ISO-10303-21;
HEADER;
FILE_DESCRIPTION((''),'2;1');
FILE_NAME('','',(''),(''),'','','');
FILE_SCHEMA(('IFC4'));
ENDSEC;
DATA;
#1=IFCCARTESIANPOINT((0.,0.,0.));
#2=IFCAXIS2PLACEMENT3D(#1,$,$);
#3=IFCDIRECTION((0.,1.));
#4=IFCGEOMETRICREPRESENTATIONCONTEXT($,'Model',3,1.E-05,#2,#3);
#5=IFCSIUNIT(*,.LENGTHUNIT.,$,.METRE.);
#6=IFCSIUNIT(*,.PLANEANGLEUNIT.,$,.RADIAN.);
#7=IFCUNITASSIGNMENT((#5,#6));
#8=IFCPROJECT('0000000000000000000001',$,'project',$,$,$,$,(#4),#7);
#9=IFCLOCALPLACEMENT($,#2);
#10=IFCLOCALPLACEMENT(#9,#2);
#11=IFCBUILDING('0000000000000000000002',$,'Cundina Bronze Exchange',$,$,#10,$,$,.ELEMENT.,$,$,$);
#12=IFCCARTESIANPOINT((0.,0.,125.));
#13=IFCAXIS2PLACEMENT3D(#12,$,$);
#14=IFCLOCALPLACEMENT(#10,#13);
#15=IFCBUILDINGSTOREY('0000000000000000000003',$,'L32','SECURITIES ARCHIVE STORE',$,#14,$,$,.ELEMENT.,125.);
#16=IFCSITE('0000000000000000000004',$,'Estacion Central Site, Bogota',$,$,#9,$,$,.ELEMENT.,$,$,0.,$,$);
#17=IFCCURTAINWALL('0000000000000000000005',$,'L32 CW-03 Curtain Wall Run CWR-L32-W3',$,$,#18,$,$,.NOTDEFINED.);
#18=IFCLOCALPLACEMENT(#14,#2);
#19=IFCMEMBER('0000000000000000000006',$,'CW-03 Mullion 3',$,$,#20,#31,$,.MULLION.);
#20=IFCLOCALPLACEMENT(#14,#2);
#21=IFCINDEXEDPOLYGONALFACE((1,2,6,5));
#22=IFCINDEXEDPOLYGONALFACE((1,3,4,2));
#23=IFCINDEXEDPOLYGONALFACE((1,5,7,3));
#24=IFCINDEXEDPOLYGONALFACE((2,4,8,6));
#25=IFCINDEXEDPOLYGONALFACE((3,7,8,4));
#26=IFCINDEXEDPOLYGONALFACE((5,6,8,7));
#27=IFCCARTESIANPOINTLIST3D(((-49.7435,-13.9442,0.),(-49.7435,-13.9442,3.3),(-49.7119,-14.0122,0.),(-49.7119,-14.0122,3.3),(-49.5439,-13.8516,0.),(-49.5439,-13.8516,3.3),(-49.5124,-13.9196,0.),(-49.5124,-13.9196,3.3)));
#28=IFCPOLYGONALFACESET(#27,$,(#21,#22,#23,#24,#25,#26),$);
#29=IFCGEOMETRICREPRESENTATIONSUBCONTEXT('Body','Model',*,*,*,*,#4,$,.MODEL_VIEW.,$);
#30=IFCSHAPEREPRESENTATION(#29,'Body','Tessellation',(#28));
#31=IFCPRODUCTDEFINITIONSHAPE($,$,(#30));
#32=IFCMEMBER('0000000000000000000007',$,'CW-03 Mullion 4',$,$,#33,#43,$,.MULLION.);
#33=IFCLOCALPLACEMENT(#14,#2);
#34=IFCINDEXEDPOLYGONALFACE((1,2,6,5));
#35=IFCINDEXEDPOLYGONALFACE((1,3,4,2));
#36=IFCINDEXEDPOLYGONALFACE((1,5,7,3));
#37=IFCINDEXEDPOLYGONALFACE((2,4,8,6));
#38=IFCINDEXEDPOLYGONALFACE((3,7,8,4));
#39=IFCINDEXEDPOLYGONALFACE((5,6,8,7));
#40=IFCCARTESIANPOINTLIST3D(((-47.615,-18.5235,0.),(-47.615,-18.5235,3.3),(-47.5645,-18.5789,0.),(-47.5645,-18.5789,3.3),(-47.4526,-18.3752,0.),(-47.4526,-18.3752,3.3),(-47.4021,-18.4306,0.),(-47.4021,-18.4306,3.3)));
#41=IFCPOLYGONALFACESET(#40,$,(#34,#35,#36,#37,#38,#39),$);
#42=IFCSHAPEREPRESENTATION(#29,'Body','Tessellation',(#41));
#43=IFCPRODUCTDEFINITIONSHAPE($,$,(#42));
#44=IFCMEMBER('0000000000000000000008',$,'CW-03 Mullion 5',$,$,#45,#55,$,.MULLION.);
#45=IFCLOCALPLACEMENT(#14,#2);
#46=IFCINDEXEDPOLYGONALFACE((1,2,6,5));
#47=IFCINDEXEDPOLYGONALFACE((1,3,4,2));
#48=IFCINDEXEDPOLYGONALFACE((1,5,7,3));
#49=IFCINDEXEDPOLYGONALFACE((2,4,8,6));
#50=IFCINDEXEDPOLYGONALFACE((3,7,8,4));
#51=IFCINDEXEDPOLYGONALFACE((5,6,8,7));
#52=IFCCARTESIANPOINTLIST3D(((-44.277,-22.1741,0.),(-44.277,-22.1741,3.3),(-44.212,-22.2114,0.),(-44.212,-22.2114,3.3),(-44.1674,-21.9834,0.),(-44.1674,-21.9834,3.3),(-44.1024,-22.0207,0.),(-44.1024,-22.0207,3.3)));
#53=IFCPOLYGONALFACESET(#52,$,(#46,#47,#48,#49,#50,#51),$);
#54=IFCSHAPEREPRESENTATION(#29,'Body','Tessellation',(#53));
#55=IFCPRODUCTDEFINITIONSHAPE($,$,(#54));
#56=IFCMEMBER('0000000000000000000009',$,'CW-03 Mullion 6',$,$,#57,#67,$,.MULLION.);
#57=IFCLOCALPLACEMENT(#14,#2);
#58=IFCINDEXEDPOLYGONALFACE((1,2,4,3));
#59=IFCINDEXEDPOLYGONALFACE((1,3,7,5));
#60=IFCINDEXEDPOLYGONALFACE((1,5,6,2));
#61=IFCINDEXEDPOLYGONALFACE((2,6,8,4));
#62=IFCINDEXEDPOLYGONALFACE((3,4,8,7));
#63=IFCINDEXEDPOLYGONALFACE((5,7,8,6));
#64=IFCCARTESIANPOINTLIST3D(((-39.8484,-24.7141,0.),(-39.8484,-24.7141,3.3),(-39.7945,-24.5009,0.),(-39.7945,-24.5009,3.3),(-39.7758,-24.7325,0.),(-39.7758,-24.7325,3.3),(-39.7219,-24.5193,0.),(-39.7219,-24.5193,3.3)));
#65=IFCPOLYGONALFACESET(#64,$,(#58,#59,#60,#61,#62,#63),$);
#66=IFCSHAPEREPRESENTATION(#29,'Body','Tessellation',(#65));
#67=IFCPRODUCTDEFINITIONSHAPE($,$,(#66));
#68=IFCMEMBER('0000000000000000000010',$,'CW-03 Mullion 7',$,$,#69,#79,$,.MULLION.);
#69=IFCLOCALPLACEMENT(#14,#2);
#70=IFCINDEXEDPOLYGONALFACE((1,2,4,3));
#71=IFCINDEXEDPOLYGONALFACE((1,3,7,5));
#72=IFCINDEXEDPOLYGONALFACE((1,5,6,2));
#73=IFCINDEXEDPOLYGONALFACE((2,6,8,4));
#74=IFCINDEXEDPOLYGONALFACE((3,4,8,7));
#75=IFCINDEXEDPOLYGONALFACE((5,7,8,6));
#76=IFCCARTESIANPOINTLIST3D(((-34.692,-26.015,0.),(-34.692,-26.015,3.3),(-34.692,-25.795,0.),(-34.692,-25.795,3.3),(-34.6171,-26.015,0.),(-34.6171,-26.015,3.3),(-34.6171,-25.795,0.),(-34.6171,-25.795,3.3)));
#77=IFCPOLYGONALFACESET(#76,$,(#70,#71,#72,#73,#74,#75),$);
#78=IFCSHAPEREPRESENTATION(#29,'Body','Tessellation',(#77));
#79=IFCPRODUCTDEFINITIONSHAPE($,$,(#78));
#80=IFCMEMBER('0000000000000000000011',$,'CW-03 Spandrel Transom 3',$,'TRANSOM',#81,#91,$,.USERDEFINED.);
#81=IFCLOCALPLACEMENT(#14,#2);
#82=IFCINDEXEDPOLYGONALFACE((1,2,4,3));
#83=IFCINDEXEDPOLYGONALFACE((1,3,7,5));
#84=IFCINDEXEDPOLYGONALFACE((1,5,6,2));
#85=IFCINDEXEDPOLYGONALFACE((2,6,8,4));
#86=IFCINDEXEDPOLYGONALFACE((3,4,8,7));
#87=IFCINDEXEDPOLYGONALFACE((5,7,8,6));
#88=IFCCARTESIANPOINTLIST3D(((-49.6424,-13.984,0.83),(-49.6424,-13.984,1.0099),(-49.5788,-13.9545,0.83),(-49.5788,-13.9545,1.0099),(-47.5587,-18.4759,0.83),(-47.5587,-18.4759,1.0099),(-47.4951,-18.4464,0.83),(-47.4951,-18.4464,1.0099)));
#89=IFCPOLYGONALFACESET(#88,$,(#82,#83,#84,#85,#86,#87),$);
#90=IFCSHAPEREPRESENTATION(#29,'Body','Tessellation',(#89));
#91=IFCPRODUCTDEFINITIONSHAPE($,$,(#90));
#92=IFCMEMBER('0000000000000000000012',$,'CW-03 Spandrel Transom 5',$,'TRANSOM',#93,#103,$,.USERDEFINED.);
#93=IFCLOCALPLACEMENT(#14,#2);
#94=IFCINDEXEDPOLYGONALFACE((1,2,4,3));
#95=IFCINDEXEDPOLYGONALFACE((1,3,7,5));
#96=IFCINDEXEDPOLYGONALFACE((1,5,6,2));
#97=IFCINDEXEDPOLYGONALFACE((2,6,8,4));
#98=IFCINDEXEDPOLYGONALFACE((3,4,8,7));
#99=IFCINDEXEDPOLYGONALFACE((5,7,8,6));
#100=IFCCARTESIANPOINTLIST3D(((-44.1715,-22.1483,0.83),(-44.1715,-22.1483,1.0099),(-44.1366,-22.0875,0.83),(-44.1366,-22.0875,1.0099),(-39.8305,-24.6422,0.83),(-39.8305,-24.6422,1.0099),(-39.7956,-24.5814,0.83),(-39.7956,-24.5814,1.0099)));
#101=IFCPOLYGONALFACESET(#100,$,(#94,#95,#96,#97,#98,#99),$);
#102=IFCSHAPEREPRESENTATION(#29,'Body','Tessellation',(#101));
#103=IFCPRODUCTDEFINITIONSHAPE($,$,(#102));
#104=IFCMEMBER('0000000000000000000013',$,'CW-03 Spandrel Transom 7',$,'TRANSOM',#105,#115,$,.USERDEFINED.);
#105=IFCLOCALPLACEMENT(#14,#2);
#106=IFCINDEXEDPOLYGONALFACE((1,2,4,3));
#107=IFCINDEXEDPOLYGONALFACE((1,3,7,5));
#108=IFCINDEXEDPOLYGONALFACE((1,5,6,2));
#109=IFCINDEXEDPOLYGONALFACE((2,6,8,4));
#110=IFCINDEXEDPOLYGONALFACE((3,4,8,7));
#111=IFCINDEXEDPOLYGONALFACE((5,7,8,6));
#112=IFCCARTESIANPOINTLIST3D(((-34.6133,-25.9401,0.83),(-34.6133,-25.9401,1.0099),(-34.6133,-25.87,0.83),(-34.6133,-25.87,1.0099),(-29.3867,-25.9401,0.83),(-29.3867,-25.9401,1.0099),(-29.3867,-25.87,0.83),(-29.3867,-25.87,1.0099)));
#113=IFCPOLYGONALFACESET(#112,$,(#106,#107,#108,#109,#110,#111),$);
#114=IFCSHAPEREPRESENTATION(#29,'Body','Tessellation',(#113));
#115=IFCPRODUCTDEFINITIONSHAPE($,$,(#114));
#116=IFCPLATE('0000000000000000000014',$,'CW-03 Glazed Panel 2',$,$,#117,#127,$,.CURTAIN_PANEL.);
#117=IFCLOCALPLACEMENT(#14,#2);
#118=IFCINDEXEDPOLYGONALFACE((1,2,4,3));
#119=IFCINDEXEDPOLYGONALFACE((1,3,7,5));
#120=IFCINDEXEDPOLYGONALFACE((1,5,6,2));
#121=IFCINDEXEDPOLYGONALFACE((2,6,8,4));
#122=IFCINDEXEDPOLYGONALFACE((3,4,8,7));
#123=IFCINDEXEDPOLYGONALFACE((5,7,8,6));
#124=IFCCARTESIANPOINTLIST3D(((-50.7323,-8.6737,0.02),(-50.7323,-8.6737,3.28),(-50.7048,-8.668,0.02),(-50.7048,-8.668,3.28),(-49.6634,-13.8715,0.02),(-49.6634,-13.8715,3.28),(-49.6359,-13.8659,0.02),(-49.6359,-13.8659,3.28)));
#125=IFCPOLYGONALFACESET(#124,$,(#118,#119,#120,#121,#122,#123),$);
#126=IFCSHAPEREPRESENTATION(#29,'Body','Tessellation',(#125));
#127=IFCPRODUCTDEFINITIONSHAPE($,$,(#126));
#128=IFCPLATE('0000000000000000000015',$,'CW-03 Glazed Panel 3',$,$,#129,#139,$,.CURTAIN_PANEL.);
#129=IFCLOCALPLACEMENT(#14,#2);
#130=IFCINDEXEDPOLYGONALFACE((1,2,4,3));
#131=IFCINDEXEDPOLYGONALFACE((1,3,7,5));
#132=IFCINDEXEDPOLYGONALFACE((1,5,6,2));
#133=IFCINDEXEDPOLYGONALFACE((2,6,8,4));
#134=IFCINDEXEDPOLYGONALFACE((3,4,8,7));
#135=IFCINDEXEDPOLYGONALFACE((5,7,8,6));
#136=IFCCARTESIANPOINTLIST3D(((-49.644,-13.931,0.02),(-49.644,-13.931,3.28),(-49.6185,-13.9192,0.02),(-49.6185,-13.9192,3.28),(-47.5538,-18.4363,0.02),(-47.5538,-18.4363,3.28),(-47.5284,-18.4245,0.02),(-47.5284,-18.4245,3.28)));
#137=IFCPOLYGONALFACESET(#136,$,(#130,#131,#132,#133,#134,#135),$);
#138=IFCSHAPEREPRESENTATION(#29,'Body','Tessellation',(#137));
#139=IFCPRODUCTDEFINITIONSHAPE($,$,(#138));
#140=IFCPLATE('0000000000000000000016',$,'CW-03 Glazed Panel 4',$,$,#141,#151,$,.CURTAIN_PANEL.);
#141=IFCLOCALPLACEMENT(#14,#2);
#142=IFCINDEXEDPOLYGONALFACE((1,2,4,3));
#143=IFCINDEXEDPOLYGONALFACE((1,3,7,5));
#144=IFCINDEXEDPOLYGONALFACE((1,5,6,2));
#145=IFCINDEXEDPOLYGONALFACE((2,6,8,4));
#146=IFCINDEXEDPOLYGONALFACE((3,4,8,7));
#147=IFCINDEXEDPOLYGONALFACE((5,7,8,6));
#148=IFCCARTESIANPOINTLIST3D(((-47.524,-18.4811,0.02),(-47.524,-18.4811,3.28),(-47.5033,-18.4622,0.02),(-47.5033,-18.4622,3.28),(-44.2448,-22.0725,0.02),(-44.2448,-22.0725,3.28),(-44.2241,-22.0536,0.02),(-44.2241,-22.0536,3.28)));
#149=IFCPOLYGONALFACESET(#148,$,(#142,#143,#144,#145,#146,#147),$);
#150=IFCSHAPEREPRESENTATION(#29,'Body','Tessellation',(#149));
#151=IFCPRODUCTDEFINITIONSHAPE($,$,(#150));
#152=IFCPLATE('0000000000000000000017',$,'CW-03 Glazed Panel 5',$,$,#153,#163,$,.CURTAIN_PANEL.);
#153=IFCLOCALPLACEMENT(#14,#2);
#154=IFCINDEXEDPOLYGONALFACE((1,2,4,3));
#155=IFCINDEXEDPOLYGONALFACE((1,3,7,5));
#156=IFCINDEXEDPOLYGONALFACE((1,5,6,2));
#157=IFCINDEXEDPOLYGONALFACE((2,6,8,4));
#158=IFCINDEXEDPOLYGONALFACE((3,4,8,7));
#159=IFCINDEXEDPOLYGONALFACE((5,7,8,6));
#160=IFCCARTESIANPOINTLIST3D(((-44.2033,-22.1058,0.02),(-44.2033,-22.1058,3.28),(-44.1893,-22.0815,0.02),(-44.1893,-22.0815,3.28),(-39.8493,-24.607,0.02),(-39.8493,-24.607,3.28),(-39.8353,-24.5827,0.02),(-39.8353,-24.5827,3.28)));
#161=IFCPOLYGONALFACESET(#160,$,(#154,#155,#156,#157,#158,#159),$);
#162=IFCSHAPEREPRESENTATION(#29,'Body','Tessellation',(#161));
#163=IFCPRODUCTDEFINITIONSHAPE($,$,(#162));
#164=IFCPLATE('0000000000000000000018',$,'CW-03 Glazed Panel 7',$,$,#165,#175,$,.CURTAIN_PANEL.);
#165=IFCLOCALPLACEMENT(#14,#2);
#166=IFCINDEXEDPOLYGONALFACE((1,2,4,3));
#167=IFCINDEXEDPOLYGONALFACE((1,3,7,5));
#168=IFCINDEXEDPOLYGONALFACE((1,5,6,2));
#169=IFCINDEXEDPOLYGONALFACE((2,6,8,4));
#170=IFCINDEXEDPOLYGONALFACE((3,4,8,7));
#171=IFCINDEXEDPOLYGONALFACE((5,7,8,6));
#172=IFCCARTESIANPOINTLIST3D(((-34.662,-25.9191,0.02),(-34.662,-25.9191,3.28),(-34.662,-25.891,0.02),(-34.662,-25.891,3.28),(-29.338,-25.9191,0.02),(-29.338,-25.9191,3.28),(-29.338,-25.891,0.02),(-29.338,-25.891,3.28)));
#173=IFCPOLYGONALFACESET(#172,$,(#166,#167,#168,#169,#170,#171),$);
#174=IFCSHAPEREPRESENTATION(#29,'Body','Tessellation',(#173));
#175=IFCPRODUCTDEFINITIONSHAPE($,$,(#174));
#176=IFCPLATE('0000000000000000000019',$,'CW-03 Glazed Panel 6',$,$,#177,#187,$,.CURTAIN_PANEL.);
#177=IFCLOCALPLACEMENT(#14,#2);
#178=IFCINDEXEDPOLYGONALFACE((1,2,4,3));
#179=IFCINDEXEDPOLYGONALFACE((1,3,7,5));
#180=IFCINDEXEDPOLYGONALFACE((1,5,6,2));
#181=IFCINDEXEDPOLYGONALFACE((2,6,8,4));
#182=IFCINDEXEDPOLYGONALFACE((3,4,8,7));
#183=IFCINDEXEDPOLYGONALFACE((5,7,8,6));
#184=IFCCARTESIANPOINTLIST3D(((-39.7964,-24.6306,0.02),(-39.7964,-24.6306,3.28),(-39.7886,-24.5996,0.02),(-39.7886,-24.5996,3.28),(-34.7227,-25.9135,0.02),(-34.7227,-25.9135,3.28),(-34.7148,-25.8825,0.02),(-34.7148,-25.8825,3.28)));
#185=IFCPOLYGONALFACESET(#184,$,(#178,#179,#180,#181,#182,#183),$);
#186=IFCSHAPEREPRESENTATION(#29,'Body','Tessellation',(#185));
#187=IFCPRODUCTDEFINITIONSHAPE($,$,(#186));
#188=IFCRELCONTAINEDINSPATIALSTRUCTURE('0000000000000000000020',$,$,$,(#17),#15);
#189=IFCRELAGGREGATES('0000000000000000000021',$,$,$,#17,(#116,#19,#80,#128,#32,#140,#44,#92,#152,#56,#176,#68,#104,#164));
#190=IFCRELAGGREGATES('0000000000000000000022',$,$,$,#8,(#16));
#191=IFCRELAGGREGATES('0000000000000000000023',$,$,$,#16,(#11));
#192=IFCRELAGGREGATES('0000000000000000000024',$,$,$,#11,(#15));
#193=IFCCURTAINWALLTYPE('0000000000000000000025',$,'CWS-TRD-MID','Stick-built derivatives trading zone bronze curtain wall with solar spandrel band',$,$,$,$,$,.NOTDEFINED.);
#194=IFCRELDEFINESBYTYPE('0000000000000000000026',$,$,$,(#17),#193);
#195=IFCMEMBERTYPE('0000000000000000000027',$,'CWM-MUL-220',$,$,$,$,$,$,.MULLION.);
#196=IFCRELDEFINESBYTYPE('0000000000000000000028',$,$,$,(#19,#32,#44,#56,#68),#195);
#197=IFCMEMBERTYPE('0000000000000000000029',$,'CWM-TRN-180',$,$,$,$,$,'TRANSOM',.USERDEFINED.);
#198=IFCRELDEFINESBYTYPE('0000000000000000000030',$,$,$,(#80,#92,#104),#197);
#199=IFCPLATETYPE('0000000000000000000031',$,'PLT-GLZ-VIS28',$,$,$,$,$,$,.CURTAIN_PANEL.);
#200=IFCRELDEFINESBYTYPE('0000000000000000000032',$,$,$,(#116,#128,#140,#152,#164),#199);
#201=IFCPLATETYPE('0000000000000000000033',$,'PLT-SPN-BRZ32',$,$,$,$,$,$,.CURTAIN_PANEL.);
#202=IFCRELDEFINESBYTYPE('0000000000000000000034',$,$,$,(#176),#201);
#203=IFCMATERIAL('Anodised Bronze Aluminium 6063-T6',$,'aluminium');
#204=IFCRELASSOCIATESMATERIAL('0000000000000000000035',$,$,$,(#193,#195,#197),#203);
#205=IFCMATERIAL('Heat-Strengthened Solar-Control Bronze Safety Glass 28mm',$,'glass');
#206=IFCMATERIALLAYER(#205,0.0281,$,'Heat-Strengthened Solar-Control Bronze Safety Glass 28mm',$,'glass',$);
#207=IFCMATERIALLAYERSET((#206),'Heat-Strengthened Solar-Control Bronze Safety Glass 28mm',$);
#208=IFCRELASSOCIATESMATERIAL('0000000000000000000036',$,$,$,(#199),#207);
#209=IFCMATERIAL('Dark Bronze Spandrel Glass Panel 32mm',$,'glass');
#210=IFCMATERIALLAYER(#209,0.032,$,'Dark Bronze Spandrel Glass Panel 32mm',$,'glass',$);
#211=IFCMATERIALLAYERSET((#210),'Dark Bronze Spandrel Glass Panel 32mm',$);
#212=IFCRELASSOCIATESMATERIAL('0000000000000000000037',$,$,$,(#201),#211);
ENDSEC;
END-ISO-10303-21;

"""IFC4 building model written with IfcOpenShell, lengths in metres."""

from ifc_helpers import new_model, si_unit, direction, frame, origin, origin_2d, place, context, subcontext, project, spatial, rectangle, extrude, material, layer, layer_set, material_profile, profile_set, type_object, element, aggregate, save


model = new_model("IFC4")

# Units and contexts
model_context = context("Model", 3, precision=1e-05, world=origin(), true_north=direction((0.0, 1.0)))
body_context = subcontext(model_context, "Body", "Model", "MODEL_VIEW")
ifc_project = project(units=[si_unit("LENGTHUNIT", "METRE"), si_unit("PLANEANGLEUNIT", "RADIAN")], contexts=[model_context])

# Site, building, storey
site_placement = place(None, origin())
site = spatial("IfcSite", under=ifc_project, at=site_placement, Name="Estacion Central Site, Bogota", CompositionType="ELEMENT", RefElevation=0.0)
building_placement = place(site_placement, origin())
building = spatial("IfcBuilding", under=site, at=building_placement, Name="Cundina Bronze Exchange", CompositionType="ELEMENT")
storey_placement = place(building_placement, frame((0.0, 0.0, 125.0)))
storey = spatial("IfcBuildingStorey", under=building, at=storey_placement, Name="L32", Description="SECURITIES ARCHIVE STORE", CompositionType="ELEMENT", Elevation=125.0)

# Curtain wall, members, plates
ifc_material_1 = material(Name="Anodised Bronze Aluminium 6063-T6", Category="aluminium")
curtain_wall_type = type_object("IfcCurtainWallType", Name="CWS-TRD-MID", Description="Stick-built derivatives trading zone bronze curtain wall with solar spandrel band", PredefinedType="NOTDEFINED", material=ifc_material_1)
curtain_wall_placement = place(storey_placement, origin())
curtain_wall = element("IfcCurtainWall", 1, at=curtain_wall_placement, inside=storey, type_object=curtain_wall_type, Name="L32 CW-03 Curtain Wall Run CWR-L32-W3", PredefinedType="NOTDEFINED")
ifc_material_profile_1 = material_profile(ifc_material_1, rectangle(XDim=0.075, YDim=0.22, at=origin_2d()), Name="AL75X220", Category="aluminium")
ifc_profile_set_1 = profile_set([ifc_material_profile_1], Name="Anodised Bronze Aluminium 6063-T6")
member_type_1 = type_object("IfcMemberType", Name="CWM-MUL-220", PredefinedType="MULLION", material=ifc_profile_set_1)
member_1_placement = place(storey_placement, frame((-49.6279, -13.9319, 0.0), z_axis=(0.0, 0.0, 1.0), x_axis=(0.420877, -0.907117, 0.0)))
member_1 = element("IfcMember", 2, at=member_1_placement, type_object=member_type_1, Name="CW-03 Mullion 3", PredefinedType="MULLION", context=body_context, shape_type="SweptSolid", body=[
    extrude(rectangle(XDim=0.075, YDim=0.22, at=origin_2d()), origin(), (0.0, 0.0, 1.0), 3.3),
])
member_2_placement = place(storey_placement, frame((-47.5085, -18.4771, 0.0), z_axis=(0.0, 0.0, 1.0), x_axis=(0.674302, -0.738455, 0.0)))
member_2 = element("IfcMember", 3, at=member_2_placement, type_object=member_type_1, Name="CW-03 Mullion 4", PredefinedType="MULLION", context=body_context, shape_type="SweptSolid", body=[
    extrude(rectangle(XDim=0.075, YDim=0.22, at=origin_2d()), origin(), (0.0, 0.0, 1.0), 3.3),
])
member_3_placement = place(storey_placement, frame((-44.1897, -22.0974, 0.0), z_axis=(0.0, 0.0, 1.0), x_axis=(0.867071, -0.498185, 0.0)))
member_3 = element("IfcMember", 4, at=member_3_placement, type_object=member_type_1, Name="CW-03 Mullion 5", PredefinedType="MULLION", context=body_context, shape_type="SweptSolid", body=[
    extrude(rectangle(XDim=0.075, YDim=0.22, at=origin_2d()), origin(), (0.0, 0.0, 1.0), 3.3),
])
member_4_placement = place(storey_placement, frame((-39.7852, -24.6167, 0.0), z_axis=(0.0, 0.0, 1.0), x_axis=(0.969488, -0.245138, 0.0)))
member_4 = element("IfcMember", 5, at=member_4_placement, type_object=member_type_1, Name="CW-03 Mullion 6", PredefinedType="MULLION", context=body_context, shape_type="SweptSolid", body=[
    extrude(rectangle(XDim=0.075, YDim=0.22, at=origin_2d()), origin(), (0.0, 0.0, 1.0), 3.3),
])
member_5_placement = place(storey_placement, frame((-34.6545, -25.905, 0.0), z_axis=(0.0, 0.0, 1.0), x_axis=(1.0, 0.0, 0.0)))
member_5 = element("IfcMember", 6, at=member_5_placement, type_object=member_type_1, Name="CW-03 Mullion 7", PredefinedType="MULLION", context=body_context, shape_type="SweptSolid", body=[
    extrude(rectangle(XDim=0.075, YDim=0.22, at=origin_2d()), origin(), (0.0, 0.0, 1.0), 3.3),
])
ifc_material_profile_2 = material_profile(ifc_material_1, rectangle(XDim=0.0701, YDim=0.1799, at=origin_2d()), Name="AL70X180", Category="aluminium")
ifc_profile_set_2 = profile_set([ifc_material_profile_2], Name="Anodised Bronze Aluminium 6063-T6")
member_type_2 = type_object("IfcMemberType", Name="CWM-TRN-180", ElementType="TRANSOM", PredefinedType="USERDEFINED", material=ifc_profile_set_2)
member_6_placement = place(storey_placement, frame((-49.6106, -13.9692, 0.9199), z_axis=(0.420811, -0.907148, 0.0), x_axis=(0.907148, 0.420811, 0.0)))
member_6 = element("IfcMember", 7, at=member_6_placement, type_object=member_type_2, Name="CW-03 Spandrel Transom 3", ObjectType="TRANSOM", PredefinedType="USERDEFINED", context=body_context, shape_type="SweptSolid", body=[
    extrude(rectangle(XDim=0.0701, YDim=0.1799, at=origin_2d()), origin(), (0.0, 0.0, 1.0), 4.9517),
])
member_7_placement = place(storey_placement, frame((-44.1541, -22.1179, 0.9199), z_axis=(0.867097, -0.498139, 0.0), x_axis=(0.498139, 0.867097, 0.0)))
member_7 = element("IfcMember", 8, at=member_7_placement, type_object=member_type_2, Name="CW-03 Spandrel Transom 5", ObjectType="TRANSOM", PredefinedType="USERDEFINED", context=body_context, shape_type="SweptSolid", body=[
    extrude(rectangle(XDim=0.0701, YDim=0.1799, at=origin_2d()), origin(), (0.0, 0.0, 1.0), 5.0063),
])
member_8_placement = place(storey_placement, frame((-34.6133, -25.905, 0.9199), z_axis=(1.0, 0.0, 0.0), x_axis=(0.0, 1.0, 0.0)))
member_8 = element("IfcMember", 9, at=member_8_placement, type_object=member_type_2, Name="CW-03 Spandrel Transom 7", ObjectType="TRANSOM", PredefinedType="USERDEFINED", context=body_context, shape_type="SweptSolid", body=[
    extrude(rectangle(XDim=0.0701, YDim=0.1799, at=origin_2d()), origin(), (0.0, 0.0, 1.0), 5.2266),
])
ifc_material_2 = material(Name="Heat-Strengthened Solar-Control Bronze Safety Glass 28mm", Category="glass")
ifc_layer_1 = layer(ifc_material_2, 0.0281, Name="Heat-Strengthened Solar-Control Bronze Safety Glass 28mm", Category="glass")
ifc_layer_set_1 = layer_set([ifc_layer_1], Name="Heat-Strengthened Solar-Control Bronze Safety Glass 28mm")
plate_type_1 = type_object("IfcPlateType", Name="PLT-GLZ-VIS28", PredefinedType="CURTAIN_PANEL", material=ifc_layer_set_1)
plate_1_placement = place(storey_placement, frame((-50.1841, -11.2698, 0.02), z_axis=(0.0, 0.0, 1.0), x_axis=(0.20142, -0.979505, 0.0)))
plate_1 = element("IfcPlate", 10, at=plate_1_placement, type_object=plate_type_1, Name="CW-03 Glazed Panel 2", PredefinedType="CURTAIN_PANEL", context=body_context, shape_type="SweptSolid", body=[
    extrude(rectangle(XDim=5.3066, YDim=0.0281, at=origin_2d()), origin(), (0.0, 0.0, 1.0), 3.26),
])
plate_2_placement = place(storey_placement, frame((-48.5862, -16.1777, 0.02), z_axis=(0.0, 0.0, 1.0), x_axis=(0.420846, -0.907132, 0.0)))
plate_2 = element("IfcPlate", 11, at=plate_2_placement, type_object=plate_type_1, Name="CW-03 Glazed Panel 3", PredefinedType="CURTAIN_PANEL", context=body_context, shape_type="SweptSolid", body=[
    extrude(rectangle(XDim=4.9666, YDim=0.0281, at=origin_2d()), origin(), (0.0, 0.0, 1.0), 3.26),
])
plate_3_placement = place(storey_placement, frame((-45.874, -20.2673, 0.02), z_axis=(0.0, 0.0, 1.0), x_axis=(0.674277, -0.738479, 0.0)))
plate_3 = element("IfcPlate", 12, at=plate_3_placement, type_object=plate_type_1, Name="CW-03 Glazed Panel 4", PredefinedType="CURTAIN_PANEL", context=body_context, shape_type="SweptSolid", body=[
    extrude(rectangle(XDim=4.8633, YDim=0.0281, at=origin_2d()), origin(), (0.0, 0.0, 1.0), 3.26),
])
plate_4_placement = place(storey_placement, frame((-42.0193, -23.3442, 0.02), z_axis=(0.0, 0.0, 1.0), x_axis=(0.867105, -0.498125, 0.0)))
plate_4 = element("IfcPlate", 13, at=plate_4_placement, type_object=plate_type_1, Name="CW-03 Glazed Panel 5", PredefinedType="CURTAIN_PANEL", context=body_context, shape_type="SweptSolid", body=[
    extrude(rectangle(XDim=5.0212, YDim=0.0281, at=origin_2d()), origin(), (0.0, 0.0, 1.0), 3.26),
])
plate_5_placement = place(storey_placement, frame((-32.0, -25.905, 0.02), z_axis=(0.0, 0.0, 1.0), x_axis=(1.0, 0.0, 0.0)))
plate_5 = element("IfcPlate", 14, at=plate_5_placement, type_object=plate_type_1, Name="CW-03 Glazed Panel 7", PredefinedType="CURTAIN_PANEL", context=body_context, shape_type="SweptSolid", body=[
    extrude(rectangle(XDim=5.324, YDim=0.0281, at=origin_2d()), origin(), (0.0, 0.0, 1.0), 3.26),
])
ifc_material_3 = material(Name="Dark Bronze Spandrel Glass Panel 32mm", Category="glass")
ifc_layer_2 = layer(ifc_material_3, 0.032, Name="Dark Bronze Spandrel Glass Panel 32mm", Category="glass")
ifc_layer_set_2 = layer_set([ifc_layer_2], Name="Dark Bronze Spandrel Glass Panel 32mm")
plate_type_2 = type_object("IfcPlateType", Name="PLT-SPN-BRZ32", PredefinedType="CURTAIN_PANEL", material=ifc_layer_set_2)
plate_6_placement = place(storey_placement, frame((-37.2556, -25.2566, 0.02), z_axis=(0.0, 0.0, 1.0), x_axis=(0.969488, -0.245138, 0.0)))
plate_6 = element("IfcPlate", 15, at=plate_6_placement, type_object=plate_type_2, Name="CW-03 Glazed Panel 6", PredefinedType="CURTAIN_PANEL", context=body_context, shape_type="SweptSolid", body=[
    extrude(rectangle(XDim=5.2334, YDim=0.032, at=origin_2d()), origin(), (0.0, 0.0, 1.0), 3.26),
])
aggregate(curtain_wall, [plate_1, member_1, member_6, plate_2, member_2, plate_3, member_3, member_7, plate_4, member_4, plate_6, member_5, member_8, plate_5])

save(model, "model.ifc")
